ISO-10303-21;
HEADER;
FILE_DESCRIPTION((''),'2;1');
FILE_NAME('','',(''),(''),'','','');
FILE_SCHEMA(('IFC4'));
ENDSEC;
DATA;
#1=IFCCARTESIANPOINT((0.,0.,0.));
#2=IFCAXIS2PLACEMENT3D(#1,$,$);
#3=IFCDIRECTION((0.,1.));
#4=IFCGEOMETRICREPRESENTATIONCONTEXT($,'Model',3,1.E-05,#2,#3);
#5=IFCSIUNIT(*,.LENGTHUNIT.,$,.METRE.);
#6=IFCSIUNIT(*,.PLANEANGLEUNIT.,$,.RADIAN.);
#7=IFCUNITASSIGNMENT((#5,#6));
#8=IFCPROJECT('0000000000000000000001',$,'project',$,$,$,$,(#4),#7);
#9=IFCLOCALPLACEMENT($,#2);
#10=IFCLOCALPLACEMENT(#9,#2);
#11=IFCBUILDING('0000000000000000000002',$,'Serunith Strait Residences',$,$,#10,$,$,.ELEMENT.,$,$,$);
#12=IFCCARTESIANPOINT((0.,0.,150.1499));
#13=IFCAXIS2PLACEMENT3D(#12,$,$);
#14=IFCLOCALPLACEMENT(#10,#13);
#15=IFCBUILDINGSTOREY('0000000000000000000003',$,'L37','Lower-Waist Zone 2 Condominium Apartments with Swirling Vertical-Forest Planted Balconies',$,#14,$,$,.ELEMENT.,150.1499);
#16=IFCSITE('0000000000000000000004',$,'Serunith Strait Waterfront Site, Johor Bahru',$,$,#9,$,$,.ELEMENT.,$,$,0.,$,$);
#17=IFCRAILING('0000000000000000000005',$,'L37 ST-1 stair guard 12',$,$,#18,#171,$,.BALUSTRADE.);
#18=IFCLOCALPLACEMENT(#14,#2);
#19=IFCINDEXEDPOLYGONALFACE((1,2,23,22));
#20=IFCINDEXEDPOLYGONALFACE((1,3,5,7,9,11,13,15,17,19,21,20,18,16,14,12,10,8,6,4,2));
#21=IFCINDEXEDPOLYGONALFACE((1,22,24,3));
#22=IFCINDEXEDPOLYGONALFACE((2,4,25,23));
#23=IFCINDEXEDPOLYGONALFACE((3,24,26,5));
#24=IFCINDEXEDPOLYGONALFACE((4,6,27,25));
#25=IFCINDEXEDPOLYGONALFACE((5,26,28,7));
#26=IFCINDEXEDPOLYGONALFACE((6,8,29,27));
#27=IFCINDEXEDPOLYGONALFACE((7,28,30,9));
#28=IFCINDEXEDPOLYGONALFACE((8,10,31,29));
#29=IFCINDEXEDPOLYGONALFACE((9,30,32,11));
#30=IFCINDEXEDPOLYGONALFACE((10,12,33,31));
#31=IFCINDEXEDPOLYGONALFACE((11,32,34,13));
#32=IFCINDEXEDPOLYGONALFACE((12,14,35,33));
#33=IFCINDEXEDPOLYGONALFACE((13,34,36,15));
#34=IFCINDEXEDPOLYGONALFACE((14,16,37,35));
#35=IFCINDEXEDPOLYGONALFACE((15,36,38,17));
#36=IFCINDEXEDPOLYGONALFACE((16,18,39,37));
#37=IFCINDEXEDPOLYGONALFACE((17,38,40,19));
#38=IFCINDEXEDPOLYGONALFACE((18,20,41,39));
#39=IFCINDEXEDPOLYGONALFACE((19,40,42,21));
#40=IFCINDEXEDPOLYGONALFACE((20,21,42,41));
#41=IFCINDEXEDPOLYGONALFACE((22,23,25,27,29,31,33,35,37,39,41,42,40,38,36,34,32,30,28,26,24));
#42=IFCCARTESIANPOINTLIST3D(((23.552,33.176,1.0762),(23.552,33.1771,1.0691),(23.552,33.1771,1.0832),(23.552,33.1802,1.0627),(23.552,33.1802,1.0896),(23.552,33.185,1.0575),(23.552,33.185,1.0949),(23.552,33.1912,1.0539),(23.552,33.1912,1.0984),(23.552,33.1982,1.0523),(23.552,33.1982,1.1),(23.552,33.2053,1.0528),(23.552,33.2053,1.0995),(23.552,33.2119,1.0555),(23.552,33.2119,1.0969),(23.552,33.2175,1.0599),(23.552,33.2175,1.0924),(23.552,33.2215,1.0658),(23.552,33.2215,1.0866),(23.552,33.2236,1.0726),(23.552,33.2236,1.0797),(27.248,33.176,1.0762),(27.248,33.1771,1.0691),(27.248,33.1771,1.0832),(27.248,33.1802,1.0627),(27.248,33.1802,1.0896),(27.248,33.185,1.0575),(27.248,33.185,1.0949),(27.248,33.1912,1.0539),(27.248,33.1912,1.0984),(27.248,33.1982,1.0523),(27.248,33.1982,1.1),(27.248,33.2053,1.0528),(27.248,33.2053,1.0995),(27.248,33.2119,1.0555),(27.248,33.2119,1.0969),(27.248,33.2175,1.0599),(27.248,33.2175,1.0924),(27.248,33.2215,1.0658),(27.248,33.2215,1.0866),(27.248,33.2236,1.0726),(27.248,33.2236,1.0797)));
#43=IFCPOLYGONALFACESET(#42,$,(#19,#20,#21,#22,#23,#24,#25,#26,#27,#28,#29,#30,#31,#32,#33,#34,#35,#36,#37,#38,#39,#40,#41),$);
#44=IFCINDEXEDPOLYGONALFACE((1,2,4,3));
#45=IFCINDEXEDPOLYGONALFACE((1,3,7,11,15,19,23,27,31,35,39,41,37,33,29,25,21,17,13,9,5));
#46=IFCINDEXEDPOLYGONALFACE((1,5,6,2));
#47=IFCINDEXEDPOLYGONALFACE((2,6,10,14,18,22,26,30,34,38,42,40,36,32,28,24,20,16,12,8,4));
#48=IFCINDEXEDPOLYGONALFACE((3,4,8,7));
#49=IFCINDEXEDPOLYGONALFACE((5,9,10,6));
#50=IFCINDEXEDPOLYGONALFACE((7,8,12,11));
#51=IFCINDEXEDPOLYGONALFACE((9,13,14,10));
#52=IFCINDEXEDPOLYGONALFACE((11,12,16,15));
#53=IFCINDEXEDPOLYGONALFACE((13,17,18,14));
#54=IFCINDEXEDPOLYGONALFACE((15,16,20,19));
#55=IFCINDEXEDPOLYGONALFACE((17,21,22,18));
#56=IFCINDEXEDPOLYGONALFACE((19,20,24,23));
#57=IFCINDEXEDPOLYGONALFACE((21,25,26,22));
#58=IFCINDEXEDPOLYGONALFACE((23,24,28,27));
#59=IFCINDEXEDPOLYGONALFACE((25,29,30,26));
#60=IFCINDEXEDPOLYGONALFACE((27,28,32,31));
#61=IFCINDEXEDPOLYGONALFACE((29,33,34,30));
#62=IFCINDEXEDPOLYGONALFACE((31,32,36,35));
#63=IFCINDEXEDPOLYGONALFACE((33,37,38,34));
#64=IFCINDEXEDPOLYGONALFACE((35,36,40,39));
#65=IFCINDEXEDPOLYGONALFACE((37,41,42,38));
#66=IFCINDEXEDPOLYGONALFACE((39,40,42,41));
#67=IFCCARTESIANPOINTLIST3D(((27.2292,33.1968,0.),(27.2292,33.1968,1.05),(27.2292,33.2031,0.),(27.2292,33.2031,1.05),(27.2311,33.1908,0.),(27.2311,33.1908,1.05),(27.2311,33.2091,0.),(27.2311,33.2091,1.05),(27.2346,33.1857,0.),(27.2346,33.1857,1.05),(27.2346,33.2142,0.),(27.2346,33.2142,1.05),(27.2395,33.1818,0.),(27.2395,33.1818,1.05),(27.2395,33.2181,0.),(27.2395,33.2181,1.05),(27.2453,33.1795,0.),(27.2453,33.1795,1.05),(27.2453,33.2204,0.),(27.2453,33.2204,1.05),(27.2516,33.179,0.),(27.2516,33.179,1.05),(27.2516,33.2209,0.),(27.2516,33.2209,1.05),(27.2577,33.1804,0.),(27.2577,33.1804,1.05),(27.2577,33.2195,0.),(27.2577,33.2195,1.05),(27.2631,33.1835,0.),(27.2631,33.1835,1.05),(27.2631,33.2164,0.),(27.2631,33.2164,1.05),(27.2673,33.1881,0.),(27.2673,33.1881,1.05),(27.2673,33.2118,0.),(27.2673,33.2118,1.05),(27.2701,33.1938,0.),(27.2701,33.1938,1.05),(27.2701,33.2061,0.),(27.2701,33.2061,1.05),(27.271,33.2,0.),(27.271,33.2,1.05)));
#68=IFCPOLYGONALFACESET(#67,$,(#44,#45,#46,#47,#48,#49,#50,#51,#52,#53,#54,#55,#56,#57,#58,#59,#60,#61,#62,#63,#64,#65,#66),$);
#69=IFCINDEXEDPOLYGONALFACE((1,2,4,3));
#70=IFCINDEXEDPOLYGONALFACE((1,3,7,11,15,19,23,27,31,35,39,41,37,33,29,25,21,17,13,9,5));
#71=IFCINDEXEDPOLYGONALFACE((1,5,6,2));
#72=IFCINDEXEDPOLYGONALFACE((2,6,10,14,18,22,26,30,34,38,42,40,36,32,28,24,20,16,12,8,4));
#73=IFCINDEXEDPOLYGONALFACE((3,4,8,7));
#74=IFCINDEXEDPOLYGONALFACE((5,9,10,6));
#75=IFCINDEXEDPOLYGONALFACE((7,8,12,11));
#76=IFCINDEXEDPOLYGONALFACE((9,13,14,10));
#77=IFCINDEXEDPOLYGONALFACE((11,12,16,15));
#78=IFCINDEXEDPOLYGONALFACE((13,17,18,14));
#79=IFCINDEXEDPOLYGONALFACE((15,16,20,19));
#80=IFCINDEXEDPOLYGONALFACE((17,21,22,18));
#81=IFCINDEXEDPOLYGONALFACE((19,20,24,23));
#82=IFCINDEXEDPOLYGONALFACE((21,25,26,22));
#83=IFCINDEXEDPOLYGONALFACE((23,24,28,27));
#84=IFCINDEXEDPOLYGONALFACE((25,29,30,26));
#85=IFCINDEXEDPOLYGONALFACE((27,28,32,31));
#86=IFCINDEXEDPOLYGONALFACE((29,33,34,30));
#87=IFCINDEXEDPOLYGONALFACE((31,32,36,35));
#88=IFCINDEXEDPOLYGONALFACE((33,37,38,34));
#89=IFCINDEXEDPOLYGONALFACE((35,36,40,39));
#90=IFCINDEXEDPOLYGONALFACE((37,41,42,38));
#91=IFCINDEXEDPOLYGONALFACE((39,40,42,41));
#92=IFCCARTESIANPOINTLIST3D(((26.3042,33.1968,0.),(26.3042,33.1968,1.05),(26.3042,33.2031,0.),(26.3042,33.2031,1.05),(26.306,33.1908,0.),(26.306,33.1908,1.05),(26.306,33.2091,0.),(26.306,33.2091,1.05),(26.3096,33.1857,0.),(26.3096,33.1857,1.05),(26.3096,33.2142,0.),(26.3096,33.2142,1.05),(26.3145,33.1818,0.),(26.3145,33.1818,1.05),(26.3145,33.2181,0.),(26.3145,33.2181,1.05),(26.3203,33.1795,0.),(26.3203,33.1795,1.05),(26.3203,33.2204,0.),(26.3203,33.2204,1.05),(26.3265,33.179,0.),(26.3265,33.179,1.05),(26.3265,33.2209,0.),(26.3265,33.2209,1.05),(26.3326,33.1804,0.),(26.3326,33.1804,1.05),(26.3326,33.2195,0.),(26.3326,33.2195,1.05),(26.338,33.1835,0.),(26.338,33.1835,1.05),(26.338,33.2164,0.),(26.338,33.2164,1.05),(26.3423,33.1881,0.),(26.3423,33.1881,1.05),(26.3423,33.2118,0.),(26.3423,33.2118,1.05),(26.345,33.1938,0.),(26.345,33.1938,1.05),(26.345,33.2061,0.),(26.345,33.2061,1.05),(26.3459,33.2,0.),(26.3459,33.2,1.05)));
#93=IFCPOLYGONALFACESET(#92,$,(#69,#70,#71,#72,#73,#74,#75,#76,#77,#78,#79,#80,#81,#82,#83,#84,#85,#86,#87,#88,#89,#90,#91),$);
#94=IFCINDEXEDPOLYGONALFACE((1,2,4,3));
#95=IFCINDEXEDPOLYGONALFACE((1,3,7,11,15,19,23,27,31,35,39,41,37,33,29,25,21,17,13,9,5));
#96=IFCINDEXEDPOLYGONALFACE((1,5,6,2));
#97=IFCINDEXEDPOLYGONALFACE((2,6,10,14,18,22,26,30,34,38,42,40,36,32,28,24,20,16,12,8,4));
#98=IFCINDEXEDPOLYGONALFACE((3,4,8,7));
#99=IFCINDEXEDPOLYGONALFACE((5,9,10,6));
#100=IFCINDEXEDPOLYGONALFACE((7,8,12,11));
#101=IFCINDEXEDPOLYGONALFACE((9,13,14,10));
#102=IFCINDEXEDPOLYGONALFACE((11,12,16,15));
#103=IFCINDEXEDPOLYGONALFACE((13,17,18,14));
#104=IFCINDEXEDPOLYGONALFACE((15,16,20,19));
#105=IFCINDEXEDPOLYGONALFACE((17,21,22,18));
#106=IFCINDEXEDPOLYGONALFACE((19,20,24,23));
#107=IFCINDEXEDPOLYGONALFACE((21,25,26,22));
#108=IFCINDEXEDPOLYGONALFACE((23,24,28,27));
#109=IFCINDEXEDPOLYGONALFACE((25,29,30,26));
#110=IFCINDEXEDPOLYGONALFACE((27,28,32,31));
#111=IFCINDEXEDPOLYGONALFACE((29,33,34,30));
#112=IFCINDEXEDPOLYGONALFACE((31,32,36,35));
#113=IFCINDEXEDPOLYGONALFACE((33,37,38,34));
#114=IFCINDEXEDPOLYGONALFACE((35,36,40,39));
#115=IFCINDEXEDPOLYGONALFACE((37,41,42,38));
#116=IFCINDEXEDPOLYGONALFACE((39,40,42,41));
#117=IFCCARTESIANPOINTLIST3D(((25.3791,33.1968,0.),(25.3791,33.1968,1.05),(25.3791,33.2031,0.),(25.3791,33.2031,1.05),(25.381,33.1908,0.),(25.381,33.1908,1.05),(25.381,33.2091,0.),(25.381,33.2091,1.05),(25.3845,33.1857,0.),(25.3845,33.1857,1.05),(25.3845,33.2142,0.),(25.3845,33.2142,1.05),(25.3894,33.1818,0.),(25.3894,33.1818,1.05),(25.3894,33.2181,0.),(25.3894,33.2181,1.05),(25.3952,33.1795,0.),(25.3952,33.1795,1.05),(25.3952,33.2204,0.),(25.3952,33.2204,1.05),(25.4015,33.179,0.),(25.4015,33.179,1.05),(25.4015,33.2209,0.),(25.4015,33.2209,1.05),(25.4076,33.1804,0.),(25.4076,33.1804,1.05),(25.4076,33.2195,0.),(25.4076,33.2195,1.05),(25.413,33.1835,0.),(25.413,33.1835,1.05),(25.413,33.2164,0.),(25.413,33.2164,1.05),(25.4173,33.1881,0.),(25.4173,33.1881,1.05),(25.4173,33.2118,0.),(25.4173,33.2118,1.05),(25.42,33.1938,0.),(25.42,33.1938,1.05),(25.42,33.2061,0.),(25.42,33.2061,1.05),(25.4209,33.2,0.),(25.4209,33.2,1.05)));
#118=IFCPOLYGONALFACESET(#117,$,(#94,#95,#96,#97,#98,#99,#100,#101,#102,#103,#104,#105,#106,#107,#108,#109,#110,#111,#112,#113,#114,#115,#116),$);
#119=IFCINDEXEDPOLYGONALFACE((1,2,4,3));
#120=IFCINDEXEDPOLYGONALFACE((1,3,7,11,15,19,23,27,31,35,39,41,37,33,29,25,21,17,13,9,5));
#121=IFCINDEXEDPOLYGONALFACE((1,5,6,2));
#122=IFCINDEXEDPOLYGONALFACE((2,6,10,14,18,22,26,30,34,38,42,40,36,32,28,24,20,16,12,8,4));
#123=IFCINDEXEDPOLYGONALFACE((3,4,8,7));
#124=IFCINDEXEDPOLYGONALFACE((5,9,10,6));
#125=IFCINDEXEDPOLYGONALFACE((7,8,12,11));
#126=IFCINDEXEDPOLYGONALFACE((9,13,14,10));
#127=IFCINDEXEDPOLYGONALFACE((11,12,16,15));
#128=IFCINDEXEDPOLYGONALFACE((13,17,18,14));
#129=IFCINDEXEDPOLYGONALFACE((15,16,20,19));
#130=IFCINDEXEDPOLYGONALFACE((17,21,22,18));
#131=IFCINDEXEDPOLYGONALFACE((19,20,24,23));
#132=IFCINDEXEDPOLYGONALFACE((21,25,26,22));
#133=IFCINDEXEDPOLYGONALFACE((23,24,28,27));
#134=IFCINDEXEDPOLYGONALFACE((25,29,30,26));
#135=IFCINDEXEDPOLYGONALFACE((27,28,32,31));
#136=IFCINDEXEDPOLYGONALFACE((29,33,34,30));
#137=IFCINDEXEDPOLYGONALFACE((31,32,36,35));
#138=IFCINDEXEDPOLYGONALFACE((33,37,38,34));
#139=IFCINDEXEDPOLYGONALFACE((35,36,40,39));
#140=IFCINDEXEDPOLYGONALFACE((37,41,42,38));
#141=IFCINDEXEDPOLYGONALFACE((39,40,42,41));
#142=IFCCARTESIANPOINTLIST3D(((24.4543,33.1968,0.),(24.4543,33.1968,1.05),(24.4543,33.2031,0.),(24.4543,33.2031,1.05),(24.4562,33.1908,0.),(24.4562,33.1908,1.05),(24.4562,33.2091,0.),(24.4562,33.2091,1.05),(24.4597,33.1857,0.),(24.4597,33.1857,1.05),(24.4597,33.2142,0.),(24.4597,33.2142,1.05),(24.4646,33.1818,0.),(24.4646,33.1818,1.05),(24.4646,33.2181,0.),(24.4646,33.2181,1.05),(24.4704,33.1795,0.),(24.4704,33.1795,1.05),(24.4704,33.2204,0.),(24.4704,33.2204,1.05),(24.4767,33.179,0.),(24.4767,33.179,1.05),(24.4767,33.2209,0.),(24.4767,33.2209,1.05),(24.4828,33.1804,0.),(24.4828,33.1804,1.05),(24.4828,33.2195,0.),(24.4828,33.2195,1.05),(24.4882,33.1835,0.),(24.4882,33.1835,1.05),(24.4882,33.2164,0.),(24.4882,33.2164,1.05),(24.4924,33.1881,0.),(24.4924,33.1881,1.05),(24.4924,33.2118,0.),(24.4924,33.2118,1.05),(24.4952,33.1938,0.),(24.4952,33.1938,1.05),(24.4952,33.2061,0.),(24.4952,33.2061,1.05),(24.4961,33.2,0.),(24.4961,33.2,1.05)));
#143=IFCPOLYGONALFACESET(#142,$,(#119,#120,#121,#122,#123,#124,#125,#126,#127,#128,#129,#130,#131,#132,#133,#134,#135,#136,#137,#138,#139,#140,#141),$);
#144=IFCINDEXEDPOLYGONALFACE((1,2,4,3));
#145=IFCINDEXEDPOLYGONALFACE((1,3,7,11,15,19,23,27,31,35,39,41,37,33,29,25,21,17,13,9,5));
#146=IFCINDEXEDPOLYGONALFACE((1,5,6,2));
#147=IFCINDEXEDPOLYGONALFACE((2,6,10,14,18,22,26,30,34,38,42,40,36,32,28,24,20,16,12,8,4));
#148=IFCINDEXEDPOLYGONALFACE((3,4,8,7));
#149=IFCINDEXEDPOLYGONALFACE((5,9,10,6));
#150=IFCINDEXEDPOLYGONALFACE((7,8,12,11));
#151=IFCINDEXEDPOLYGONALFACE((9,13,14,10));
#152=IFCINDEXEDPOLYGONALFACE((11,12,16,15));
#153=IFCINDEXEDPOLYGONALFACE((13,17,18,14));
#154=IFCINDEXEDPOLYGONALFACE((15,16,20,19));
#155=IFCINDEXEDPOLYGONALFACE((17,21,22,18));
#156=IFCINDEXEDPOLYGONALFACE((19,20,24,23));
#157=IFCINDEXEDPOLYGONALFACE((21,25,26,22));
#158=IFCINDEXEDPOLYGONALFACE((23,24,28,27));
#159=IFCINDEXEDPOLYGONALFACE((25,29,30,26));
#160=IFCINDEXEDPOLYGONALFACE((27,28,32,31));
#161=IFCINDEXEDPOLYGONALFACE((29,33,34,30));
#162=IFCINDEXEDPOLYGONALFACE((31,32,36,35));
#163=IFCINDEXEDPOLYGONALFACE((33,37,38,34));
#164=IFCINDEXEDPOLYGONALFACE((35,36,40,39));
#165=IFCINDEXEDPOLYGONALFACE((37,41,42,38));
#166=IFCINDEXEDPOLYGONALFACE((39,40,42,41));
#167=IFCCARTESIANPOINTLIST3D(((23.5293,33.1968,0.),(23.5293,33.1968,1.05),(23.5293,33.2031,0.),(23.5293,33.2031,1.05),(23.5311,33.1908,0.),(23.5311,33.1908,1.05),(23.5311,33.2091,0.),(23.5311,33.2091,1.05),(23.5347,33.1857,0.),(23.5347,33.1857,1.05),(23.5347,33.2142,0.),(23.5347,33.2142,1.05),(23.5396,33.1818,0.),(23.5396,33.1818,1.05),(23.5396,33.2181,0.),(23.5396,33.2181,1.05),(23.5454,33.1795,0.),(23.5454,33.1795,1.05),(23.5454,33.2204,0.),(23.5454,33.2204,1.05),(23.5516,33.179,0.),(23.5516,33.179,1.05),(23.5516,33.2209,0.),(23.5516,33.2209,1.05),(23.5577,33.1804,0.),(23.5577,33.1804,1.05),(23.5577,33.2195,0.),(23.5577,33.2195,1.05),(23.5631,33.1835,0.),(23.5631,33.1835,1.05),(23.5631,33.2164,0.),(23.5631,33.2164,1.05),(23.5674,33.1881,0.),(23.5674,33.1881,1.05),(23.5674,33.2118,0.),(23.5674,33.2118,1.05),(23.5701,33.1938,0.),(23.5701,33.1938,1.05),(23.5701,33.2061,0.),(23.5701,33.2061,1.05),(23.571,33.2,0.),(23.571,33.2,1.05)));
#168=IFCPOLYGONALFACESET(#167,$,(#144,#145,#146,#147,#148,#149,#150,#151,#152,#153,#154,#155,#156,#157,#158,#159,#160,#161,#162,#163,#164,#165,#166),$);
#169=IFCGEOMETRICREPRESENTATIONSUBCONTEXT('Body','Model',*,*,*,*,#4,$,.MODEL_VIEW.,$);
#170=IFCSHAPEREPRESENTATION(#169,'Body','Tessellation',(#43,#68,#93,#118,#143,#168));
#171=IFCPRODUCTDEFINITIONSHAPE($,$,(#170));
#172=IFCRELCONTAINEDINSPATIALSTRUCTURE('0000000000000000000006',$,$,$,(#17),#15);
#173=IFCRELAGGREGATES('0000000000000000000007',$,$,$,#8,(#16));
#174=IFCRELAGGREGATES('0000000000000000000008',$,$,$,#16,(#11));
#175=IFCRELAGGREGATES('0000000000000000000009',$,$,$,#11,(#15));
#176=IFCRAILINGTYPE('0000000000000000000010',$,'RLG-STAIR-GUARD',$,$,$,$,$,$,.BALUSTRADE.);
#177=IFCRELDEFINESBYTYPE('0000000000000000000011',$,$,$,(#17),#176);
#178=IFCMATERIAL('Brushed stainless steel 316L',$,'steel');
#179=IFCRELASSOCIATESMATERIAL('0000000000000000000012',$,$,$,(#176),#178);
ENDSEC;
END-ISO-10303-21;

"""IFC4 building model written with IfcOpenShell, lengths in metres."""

from ifc_helpers import new_model, si_unit, direction, frame, origin, origin_2d, place, context, subcontext, project, spatial, circle, extrude, material, type_object, element, save


model = new_model("IFC4")

# Units and contexts
model_context = context("Model", 3, precision=1e-05, world=origin(), true_north=direction((0.0, 1.0)))
body_context = subcontext(model_context, "Body", "Model", "MODEL_VIEW")
ifc_project = project(units=[si_unit("LENGTHUNIT", "METRE"), si_unit("PLANEANGLEUNIT", "RADIAN")], contexts=[model_context])

# Site, building, storey
site_placement = place(None, origin())
site = spatial("IfcSite", under=ifc_project, at=site_placement, Name="Serunith Strait Waterfront Site, Johor Bahru", CompositionType="ELEMENT", RefElevation=0.0)
building_placement = place(site_placement, origin())
building = spatial("IfcBuilding", under=site, at=building_placement, Name="Serunith Strait Residences", CompositionType="ELEMENT")
storey_placement = place(building_placement, frame((0.0, 0.0, 150.1499)))
storey = spatial("IfcBuildingStorey", under=building, at=storey_placement, Name="L37", Description="Lower-Waist Zone 2 Condominium Apartments with Swirling Vertical-Forest Planted Balconies", CompositionType="ELEMENT", Elevation=150.1499)

# Railing
ifc_material_1 = material(Name="Brushed stainless steel 316L", Category="steel")
railing_type_1 = type_object("IfcRailingType", Name="RLG-STAIR-GUARD", PredefinedType="BALUSTRADE", material=ifc_material_1)
railing_1_placement = place(storey_placement, frame((27.25, 33.2, 0.0)))
element("IfcRailing", 1, at=railing_1_placement, inside=storey, type_object=railing_type_1, Name="L37 ST-1 stair guard 12", PredefinedType="BALUSTRADE", context=body_context, shape_type="SweptSolid", body=[
    extrude(circle(Radius=0.0239, at=origin_2d()), frame((-0.002, 0.0, 1.0762), z_axis=(-1.0, 0.0, 0.0), x_axis=(0.0, -1.0, 0.0)), (0.0, 0.0, 1.0), 3.696),
    extrude(circle(Radius=0.021, at=origin_2d()), origin(), (0.0, 0.0, 1.0), 1.05),
    extrude(circle(Radius=0.021, at=origin_2d()), frame((-0.925, 0.0, 0.0)), (0.0, 0.0, 1.0), 1.05),
    extrude(circle(Radius=0.021, at=origin_2d()), frame((-1.8501, 0.0, 0.0)), (0.0, 0.0, 1.0), 1.05),
    extrude(circle(Radius=0.021, at=origin_2d()), frame((-2.7749, 0.0, 0.0)), (0.0, 0.0, 1.0), 1.05),
    extrude(circle(Radius=0.021, at=origin_2d()), frame((-3.7, 0.0, 0.0)), (0.0, 0.0, 1.0), 1.05),
])

save(model, "model.ifc")
